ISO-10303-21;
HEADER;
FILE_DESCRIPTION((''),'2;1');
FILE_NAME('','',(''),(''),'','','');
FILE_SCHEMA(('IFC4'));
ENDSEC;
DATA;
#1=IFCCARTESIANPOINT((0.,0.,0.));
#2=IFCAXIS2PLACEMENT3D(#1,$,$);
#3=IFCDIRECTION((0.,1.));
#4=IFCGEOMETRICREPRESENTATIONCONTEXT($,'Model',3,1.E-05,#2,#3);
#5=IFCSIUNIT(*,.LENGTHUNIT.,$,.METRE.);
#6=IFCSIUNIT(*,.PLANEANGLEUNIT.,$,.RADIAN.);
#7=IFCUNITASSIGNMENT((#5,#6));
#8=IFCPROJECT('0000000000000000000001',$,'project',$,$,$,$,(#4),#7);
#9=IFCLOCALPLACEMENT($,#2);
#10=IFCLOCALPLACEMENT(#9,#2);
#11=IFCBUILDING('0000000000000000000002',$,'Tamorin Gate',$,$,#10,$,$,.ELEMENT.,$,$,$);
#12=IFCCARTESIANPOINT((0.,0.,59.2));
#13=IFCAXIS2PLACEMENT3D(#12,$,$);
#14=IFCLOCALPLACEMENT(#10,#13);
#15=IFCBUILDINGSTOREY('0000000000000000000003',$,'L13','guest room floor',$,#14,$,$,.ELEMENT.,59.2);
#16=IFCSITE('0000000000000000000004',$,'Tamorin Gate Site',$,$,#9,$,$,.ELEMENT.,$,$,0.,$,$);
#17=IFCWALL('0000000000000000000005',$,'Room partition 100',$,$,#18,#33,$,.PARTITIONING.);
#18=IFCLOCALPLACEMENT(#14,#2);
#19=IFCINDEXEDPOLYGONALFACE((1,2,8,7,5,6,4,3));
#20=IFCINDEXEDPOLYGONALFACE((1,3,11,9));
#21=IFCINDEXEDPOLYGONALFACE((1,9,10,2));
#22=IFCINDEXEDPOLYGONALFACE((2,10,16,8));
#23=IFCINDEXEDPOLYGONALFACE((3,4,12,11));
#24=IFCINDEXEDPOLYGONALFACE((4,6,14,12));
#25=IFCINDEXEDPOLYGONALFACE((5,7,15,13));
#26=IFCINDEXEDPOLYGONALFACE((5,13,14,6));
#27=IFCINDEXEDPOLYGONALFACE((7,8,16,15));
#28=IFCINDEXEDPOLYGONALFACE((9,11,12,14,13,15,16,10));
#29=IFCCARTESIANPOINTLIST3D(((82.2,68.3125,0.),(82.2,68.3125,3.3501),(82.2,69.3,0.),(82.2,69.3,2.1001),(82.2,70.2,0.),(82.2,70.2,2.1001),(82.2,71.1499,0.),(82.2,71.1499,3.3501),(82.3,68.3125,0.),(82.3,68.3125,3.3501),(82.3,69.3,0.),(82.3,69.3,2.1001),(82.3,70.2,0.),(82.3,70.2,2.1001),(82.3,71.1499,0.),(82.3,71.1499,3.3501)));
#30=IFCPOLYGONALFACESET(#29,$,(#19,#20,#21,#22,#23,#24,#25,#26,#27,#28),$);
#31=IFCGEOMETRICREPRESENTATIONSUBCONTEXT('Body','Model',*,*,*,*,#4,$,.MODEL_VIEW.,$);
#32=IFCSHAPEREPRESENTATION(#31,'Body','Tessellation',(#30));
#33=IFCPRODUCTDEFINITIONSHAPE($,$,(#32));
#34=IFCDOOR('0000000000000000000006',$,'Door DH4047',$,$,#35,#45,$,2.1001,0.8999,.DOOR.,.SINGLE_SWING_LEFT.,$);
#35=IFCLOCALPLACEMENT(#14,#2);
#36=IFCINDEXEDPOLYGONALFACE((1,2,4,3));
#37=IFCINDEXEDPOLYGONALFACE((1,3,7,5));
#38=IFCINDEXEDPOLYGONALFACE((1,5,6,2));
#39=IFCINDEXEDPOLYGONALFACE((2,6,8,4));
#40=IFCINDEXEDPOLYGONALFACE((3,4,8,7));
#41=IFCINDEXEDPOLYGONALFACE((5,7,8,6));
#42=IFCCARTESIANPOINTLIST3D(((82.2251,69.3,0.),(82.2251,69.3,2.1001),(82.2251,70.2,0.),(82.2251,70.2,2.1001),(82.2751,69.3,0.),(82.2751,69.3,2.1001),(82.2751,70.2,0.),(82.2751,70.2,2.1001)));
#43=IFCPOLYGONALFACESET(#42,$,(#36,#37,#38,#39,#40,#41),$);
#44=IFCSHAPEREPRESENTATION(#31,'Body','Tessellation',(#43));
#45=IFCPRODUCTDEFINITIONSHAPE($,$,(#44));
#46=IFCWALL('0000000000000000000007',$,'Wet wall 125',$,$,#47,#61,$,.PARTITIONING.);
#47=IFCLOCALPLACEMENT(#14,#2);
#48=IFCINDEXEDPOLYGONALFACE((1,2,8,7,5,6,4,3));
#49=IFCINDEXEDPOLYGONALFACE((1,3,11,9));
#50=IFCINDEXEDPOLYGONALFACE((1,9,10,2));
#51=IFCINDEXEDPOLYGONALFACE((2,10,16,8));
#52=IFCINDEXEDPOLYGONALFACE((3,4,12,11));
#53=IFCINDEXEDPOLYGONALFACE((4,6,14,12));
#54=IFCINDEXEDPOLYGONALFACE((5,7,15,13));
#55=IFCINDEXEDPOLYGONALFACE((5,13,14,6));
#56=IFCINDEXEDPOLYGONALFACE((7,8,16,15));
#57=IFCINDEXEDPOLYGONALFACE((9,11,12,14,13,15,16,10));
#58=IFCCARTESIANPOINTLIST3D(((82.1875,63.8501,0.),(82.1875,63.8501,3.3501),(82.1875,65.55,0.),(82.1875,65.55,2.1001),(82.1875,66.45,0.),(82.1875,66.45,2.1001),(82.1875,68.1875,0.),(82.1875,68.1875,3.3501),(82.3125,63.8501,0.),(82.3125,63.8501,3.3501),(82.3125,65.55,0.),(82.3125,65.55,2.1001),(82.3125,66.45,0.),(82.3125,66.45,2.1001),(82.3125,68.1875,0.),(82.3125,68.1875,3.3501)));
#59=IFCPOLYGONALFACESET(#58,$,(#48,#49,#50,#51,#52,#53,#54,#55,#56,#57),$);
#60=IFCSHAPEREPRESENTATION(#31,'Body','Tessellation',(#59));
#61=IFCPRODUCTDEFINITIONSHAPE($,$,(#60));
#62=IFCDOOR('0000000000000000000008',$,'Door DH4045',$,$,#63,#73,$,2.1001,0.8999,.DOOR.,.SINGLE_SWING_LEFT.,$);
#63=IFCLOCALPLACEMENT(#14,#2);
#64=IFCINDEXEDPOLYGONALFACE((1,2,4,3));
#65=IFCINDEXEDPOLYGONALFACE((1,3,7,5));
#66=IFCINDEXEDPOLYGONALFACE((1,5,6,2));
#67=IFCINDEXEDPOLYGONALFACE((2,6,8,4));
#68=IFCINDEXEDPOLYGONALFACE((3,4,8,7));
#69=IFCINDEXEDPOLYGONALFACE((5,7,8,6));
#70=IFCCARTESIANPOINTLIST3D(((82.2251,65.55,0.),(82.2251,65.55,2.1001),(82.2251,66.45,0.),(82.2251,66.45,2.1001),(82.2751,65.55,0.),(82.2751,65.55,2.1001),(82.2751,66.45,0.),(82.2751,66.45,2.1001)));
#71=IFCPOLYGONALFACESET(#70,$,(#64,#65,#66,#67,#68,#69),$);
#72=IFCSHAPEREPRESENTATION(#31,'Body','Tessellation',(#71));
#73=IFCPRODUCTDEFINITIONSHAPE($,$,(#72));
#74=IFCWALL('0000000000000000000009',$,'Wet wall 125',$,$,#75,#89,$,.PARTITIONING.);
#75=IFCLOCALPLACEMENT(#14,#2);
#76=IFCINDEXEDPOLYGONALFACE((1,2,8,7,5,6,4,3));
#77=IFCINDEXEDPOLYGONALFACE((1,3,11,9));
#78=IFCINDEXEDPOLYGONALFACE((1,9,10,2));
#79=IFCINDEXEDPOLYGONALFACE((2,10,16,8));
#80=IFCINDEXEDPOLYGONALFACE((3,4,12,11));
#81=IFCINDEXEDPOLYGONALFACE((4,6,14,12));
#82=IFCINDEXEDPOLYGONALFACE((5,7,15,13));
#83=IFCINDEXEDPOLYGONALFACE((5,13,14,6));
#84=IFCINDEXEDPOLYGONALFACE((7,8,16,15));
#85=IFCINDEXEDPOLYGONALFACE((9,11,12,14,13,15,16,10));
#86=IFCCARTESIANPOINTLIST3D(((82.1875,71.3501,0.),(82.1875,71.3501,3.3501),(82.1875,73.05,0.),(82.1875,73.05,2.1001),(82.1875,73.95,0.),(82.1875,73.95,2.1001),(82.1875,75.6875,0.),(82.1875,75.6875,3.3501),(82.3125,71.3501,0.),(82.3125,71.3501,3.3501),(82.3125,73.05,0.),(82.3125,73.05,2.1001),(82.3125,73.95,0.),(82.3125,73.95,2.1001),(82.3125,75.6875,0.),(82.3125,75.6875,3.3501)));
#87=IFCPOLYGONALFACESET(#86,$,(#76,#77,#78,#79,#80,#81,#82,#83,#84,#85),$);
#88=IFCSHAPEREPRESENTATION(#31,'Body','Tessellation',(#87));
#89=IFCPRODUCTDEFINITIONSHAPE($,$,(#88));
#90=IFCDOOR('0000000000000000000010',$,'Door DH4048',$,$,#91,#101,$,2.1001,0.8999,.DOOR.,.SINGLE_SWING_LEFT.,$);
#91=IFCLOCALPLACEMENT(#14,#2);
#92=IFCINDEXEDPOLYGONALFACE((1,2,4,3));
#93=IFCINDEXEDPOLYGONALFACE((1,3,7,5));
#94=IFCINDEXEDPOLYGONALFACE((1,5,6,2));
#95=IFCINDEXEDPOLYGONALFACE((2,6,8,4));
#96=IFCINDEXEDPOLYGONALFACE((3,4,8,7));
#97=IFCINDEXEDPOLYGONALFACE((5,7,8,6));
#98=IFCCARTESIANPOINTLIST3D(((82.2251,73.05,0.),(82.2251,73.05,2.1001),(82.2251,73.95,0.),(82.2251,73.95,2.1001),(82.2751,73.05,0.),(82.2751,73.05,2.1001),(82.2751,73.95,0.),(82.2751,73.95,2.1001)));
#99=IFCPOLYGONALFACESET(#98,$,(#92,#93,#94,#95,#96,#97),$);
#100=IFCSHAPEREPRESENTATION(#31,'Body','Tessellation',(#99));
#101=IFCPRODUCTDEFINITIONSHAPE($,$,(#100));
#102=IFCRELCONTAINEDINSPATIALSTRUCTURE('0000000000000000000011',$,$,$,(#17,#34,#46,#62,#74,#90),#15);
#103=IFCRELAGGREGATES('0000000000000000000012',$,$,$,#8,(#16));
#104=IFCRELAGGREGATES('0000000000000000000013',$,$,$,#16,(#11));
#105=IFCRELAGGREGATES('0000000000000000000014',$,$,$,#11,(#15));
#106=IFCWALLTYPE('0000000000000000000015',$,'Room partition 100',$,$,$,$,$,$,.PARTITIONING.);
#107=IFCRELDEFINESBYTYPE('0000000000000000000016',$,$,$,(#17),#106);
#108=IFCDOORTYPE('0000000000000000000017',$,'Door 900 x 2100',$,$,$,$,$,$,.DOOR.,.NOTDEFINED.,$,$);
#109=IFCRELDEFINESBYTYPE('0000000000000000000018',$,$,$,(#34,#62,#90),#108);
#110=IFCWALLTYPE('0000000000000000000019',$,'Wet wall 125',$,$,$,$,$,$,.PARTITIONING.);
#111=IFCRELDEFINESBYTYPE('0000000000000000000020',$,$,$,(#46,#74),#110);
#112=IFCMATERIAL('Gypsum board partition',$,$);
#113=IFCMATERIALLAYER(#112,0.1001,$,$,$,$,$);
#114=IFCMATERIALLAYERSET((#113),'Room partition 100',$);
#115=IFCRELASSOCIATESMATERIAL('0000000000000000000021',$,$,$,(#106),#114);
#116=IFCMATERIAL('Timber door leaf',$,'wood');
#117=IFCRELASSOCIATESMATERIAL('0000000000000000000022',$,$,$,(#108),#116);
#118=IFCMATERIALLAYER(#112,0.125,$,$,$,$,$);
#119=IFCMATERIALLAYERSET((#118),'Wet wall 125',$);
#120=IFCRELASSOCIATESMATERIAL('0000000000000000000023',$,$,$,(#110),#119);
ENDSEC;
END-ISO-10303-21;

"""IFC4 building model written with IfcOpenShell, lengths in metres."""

from ifc_helpers import new_model, si_unit, direction, frame, frame_2d, origin, place, context, subcontext, project, spatial, rectangle, extrude, material, layer, layer_set, type_object, element, fill, save


model = new_model("IFC4")

# Units and contexts
model_context = context("Model", 3, precision=1e-05, world=origin(), true_north=direction((0.0, 1.0)))
body_context = subcontext(model_context, "Body", "Model", "MODEL_VIEW")
ifc_project = project(units=[si_unit("LENGTHUNIT", "METRE"), si_unit("PLANEANGLEUNIT", "RADIAN")], contexts=[model_context])

# Site, building, storey
site_placement = place(None, origin())
site = spatial("IfcSite", under=ifc_project, at=site_placement, Name="Tamorin Gate Site", CompositionType="ELEMENT", RefElevation=0.0)
building_placement = place(site_placement, origin())
building = spatial("IfcBuilding", under=site, at=building_placement, Name="Tamorin Gate", CompositionType="ELEMENT")
storey_placement = place(building_placement, frame((0.0, 0.0, 59.2)))
storey = spatial("IfcBuildingStorey", under=building, at=storey_placement, Name="L13", Description="guest room floor", CompositionType="ELEMENT", Elevation=59.2)

# Walls, openings, doors
ifc_material_1 = material(Name="Gypsum board partition")
ifc_layer_1 = layer(ifc_material_1, 0.1001)
ifc_layer_set_1 = layer_set([ifc_layer_1], Name="Room partition 100")
wall_type_1 = type_object("IfcWallType", Name="Room partition 100", PredefinedType="PARTITIONING", material=ifc_layer_set_1)
ifc_material_2 = material(Name="Timber door leaf", Category="wood")
door_type = type_object("IfcDoorType", Name="Door 900 x 2100", OperationType="NOTDEFINED", PredefinedType="DOOR", material=ifc_material_2)
wall_1_placement = place(storey_placement, frame((82.25, 68.3125, 0.0), z_axis=(0.0, 0.0, 1.0), x_axis=(0.0, 1.0, 0.0)))
wall_1 = element("IfcWall", 1, at=wall_1_placement, inside=storey, type_object=wall_type_1, Name="Room partition 100", PredefinedType="PARTITIONING", context=body_context, shape_type="SweptSolid", body=[
    extrude(rectangle(XDim=2.8374, YDim=0.1001, at=frame_2d((1.4187, 0.0))), origin(), (0.0, 0.0, 1.0), 3.3501),
])
opening_1_placement = place(wall_1_placement, frame((0.9875, 0.0, 0.0)))
opening_1 = element("IfcOpeningElement", 2, at=opening_1_placement, cuts=wall_1, PredefinedType="OPENING", context=body_context, shape_type="SweptSolid", body=[
    extrude(rectangle(XDim=0.8999, YDim=2.1001, at=frame_2d((0.45, 1.05))), frame((0.0, 0.0601, 0.0), z_axis=(0.0, -1.0, 0.0), x_axis=(1.0, 0.0, 0.0)), (0.0, 0.0, 1.0), 0.1201),
])
door_1_placement = place(opening_1_placement, origin())
door_1 = element("IfcDoor", 3, at=door_1_placement, inside=storey, type_object=door_type, Name="Door DH4047", OperationType="SINGLE_SWING_LEFT", OverallHeight=2.1001, OverallWidth=0.8999, PredefinedType="DOOR", context=body_context, shape_type="SweptSolid", body=[
    extrude(rectangle(XDim=0.8999, YDim=2.1001, at=frame_2d((0.45, 1.05))), frame((0.0, 0.0249, 0.0), z_axis=(0.0, -1.0, 0.0), x_axis=(1.0, 0.0, 0.0)), (0.0, 0.0, 1.0), 0.05),
])
fill(opening_1, door_1)
ifc_layer_2 = layer(ifc_material_1, 0.125)
ifc_layer_set_2 = layer_set([ifc_layer_2], Name="Wet wall 125")
wall_type_2 = type_object("IfcWallType", Name="Wet wall 125", PredefinedType="PARTITIONING", material=ifc_layer_set_2)
wall_2_placement = place(storey_placement, frame((82.25, 63.8501, 0.0), z_axis=(0.0, 0.0, 1.0), x_axis=(0.0, 1.0, 0.0)))
wall_2 = element("IfcWall", 4, at=wall_2_placement, inside=storey, type_object=wall_type_2, Name="Wet wall 125", PredefinedType="PARTITIONING", context=body_context, shape_type="SweptSolid", body=[
    extrude(rectangle(XDim=4.3374, YDim=0.125, at=frame_2d((2.1687, 0.0))), origin(), (0.0, 0.0, 1.0), 3.3501),
])
opening_2_placement = place(wall_2_placement, frame((1.7, 0.0, 0.0)))
opening_2 = element("IfcOpeningElement", 5, at=opening_2_placement, cuts=wall_2, PredefinedType="OPENING", context=body_context, shape_type="SweptSolid", body=[
    extrude(rectangle(XDim=0.8999, YDim=2.1001, at=frame_2d((0.45, 1.05))), frame((0.0, 0.0725, 0.0), z_axis=(0.0, -1.0, 0.0), x_axis=(1.0, 0.0, 0.0)), (0.0, 0.0, 1.0), 0.145),
])
door_2_placement = place(opening_2_placement, origin())
door_2 = element("IfcDoor", 6, at=door_2_placement, inside=storey, type_object=door_type, Name="Door DH4045", OperationType="SINGLE_SWING_LEFT", OverallHeight=2.1001, OverallWidth=0.8999, PredefinedType="DOOR", context=body_context, shape_type="SweptSolid", body=[
    extrude(rectangle(XDim=0.8999, YDim=2.1001, at=frame_2d((0.45, 1.05))), frame((0.0, 0.0249, 0.0), z_axis=(0.0, -1.0, 0.0), x_axis=(1.0, 0.0, 0.0)), (0.0, 0.0, 1.0), 0.05),
])
fill(opening_2, door_2)
wall_3_placement = place(storey_placement, frame((82.25, 71.3501, 0.0), z_axis=(0.0, 0.0, 1.0), x_axis=(0.0, 1.0, 0.0)))
wall_3 = element("IfcWall", 7, at=wall_3_placement, inside=storey, type_object=wall_type_2, Name="Wet wall 125", PredefinedType="PARTITIONING", context=body_context, shape_type="SweptSolid", body=[
    extrude(rectangle(XDim=4.3374, YDim=0.125, at=frame_2d((2.1687, 0.0))), origin(), (0.0, 0.0, 1.0), 3.3501),
])
opening_3_placement = place(wall_3_placement, frame((1.7, 0.0, 0.0)))
opening_3 = element("IfcOpeningElement", 8, at=opening_3_placement, cuts=wall_3, PredefinedType="OPENING", context=body_context, shape_type="SweptSolid", body=[
    extrude(rectangle(XDim=0.8999, YDim=2.1001, at=frame_2d((0.45, 1.05))), frame((0.0, 0.0725, 0.0), z_axis=(0.0, -1.0, 0.0), x_axis=(1.0, 0.0, 0.0)), (0.0, 0.0, 1.0), 0.145),
])
door_3_placement = place(opening_3_placement, origin())
door_3 = element("IfcDoor", 9, at=door_3_placement, inside=storey, type_object=door_type, Name="Door DH4048", OperationType="SINGLE_SWING_LEFT", OverallHeight=2.1001, OverallWidth=0.8999, PredefinedType="DOOR", context=body_context, shape_type="SweptSolid", body=[
    extrude(rectangle(XDim=0.8999, YDim=2.1001, at=frame_2d((0.45, 1.05))), frame((0.0, 0.0249, 0.0), z_axis=(0.0, -1.0, 0.0), x_axis=(1.0, 0.0, 0.0)), (0.0, 0.0, 1.0), 0.05),
])
fill(opening_3, door_3)

save(model, "model.ifc")
